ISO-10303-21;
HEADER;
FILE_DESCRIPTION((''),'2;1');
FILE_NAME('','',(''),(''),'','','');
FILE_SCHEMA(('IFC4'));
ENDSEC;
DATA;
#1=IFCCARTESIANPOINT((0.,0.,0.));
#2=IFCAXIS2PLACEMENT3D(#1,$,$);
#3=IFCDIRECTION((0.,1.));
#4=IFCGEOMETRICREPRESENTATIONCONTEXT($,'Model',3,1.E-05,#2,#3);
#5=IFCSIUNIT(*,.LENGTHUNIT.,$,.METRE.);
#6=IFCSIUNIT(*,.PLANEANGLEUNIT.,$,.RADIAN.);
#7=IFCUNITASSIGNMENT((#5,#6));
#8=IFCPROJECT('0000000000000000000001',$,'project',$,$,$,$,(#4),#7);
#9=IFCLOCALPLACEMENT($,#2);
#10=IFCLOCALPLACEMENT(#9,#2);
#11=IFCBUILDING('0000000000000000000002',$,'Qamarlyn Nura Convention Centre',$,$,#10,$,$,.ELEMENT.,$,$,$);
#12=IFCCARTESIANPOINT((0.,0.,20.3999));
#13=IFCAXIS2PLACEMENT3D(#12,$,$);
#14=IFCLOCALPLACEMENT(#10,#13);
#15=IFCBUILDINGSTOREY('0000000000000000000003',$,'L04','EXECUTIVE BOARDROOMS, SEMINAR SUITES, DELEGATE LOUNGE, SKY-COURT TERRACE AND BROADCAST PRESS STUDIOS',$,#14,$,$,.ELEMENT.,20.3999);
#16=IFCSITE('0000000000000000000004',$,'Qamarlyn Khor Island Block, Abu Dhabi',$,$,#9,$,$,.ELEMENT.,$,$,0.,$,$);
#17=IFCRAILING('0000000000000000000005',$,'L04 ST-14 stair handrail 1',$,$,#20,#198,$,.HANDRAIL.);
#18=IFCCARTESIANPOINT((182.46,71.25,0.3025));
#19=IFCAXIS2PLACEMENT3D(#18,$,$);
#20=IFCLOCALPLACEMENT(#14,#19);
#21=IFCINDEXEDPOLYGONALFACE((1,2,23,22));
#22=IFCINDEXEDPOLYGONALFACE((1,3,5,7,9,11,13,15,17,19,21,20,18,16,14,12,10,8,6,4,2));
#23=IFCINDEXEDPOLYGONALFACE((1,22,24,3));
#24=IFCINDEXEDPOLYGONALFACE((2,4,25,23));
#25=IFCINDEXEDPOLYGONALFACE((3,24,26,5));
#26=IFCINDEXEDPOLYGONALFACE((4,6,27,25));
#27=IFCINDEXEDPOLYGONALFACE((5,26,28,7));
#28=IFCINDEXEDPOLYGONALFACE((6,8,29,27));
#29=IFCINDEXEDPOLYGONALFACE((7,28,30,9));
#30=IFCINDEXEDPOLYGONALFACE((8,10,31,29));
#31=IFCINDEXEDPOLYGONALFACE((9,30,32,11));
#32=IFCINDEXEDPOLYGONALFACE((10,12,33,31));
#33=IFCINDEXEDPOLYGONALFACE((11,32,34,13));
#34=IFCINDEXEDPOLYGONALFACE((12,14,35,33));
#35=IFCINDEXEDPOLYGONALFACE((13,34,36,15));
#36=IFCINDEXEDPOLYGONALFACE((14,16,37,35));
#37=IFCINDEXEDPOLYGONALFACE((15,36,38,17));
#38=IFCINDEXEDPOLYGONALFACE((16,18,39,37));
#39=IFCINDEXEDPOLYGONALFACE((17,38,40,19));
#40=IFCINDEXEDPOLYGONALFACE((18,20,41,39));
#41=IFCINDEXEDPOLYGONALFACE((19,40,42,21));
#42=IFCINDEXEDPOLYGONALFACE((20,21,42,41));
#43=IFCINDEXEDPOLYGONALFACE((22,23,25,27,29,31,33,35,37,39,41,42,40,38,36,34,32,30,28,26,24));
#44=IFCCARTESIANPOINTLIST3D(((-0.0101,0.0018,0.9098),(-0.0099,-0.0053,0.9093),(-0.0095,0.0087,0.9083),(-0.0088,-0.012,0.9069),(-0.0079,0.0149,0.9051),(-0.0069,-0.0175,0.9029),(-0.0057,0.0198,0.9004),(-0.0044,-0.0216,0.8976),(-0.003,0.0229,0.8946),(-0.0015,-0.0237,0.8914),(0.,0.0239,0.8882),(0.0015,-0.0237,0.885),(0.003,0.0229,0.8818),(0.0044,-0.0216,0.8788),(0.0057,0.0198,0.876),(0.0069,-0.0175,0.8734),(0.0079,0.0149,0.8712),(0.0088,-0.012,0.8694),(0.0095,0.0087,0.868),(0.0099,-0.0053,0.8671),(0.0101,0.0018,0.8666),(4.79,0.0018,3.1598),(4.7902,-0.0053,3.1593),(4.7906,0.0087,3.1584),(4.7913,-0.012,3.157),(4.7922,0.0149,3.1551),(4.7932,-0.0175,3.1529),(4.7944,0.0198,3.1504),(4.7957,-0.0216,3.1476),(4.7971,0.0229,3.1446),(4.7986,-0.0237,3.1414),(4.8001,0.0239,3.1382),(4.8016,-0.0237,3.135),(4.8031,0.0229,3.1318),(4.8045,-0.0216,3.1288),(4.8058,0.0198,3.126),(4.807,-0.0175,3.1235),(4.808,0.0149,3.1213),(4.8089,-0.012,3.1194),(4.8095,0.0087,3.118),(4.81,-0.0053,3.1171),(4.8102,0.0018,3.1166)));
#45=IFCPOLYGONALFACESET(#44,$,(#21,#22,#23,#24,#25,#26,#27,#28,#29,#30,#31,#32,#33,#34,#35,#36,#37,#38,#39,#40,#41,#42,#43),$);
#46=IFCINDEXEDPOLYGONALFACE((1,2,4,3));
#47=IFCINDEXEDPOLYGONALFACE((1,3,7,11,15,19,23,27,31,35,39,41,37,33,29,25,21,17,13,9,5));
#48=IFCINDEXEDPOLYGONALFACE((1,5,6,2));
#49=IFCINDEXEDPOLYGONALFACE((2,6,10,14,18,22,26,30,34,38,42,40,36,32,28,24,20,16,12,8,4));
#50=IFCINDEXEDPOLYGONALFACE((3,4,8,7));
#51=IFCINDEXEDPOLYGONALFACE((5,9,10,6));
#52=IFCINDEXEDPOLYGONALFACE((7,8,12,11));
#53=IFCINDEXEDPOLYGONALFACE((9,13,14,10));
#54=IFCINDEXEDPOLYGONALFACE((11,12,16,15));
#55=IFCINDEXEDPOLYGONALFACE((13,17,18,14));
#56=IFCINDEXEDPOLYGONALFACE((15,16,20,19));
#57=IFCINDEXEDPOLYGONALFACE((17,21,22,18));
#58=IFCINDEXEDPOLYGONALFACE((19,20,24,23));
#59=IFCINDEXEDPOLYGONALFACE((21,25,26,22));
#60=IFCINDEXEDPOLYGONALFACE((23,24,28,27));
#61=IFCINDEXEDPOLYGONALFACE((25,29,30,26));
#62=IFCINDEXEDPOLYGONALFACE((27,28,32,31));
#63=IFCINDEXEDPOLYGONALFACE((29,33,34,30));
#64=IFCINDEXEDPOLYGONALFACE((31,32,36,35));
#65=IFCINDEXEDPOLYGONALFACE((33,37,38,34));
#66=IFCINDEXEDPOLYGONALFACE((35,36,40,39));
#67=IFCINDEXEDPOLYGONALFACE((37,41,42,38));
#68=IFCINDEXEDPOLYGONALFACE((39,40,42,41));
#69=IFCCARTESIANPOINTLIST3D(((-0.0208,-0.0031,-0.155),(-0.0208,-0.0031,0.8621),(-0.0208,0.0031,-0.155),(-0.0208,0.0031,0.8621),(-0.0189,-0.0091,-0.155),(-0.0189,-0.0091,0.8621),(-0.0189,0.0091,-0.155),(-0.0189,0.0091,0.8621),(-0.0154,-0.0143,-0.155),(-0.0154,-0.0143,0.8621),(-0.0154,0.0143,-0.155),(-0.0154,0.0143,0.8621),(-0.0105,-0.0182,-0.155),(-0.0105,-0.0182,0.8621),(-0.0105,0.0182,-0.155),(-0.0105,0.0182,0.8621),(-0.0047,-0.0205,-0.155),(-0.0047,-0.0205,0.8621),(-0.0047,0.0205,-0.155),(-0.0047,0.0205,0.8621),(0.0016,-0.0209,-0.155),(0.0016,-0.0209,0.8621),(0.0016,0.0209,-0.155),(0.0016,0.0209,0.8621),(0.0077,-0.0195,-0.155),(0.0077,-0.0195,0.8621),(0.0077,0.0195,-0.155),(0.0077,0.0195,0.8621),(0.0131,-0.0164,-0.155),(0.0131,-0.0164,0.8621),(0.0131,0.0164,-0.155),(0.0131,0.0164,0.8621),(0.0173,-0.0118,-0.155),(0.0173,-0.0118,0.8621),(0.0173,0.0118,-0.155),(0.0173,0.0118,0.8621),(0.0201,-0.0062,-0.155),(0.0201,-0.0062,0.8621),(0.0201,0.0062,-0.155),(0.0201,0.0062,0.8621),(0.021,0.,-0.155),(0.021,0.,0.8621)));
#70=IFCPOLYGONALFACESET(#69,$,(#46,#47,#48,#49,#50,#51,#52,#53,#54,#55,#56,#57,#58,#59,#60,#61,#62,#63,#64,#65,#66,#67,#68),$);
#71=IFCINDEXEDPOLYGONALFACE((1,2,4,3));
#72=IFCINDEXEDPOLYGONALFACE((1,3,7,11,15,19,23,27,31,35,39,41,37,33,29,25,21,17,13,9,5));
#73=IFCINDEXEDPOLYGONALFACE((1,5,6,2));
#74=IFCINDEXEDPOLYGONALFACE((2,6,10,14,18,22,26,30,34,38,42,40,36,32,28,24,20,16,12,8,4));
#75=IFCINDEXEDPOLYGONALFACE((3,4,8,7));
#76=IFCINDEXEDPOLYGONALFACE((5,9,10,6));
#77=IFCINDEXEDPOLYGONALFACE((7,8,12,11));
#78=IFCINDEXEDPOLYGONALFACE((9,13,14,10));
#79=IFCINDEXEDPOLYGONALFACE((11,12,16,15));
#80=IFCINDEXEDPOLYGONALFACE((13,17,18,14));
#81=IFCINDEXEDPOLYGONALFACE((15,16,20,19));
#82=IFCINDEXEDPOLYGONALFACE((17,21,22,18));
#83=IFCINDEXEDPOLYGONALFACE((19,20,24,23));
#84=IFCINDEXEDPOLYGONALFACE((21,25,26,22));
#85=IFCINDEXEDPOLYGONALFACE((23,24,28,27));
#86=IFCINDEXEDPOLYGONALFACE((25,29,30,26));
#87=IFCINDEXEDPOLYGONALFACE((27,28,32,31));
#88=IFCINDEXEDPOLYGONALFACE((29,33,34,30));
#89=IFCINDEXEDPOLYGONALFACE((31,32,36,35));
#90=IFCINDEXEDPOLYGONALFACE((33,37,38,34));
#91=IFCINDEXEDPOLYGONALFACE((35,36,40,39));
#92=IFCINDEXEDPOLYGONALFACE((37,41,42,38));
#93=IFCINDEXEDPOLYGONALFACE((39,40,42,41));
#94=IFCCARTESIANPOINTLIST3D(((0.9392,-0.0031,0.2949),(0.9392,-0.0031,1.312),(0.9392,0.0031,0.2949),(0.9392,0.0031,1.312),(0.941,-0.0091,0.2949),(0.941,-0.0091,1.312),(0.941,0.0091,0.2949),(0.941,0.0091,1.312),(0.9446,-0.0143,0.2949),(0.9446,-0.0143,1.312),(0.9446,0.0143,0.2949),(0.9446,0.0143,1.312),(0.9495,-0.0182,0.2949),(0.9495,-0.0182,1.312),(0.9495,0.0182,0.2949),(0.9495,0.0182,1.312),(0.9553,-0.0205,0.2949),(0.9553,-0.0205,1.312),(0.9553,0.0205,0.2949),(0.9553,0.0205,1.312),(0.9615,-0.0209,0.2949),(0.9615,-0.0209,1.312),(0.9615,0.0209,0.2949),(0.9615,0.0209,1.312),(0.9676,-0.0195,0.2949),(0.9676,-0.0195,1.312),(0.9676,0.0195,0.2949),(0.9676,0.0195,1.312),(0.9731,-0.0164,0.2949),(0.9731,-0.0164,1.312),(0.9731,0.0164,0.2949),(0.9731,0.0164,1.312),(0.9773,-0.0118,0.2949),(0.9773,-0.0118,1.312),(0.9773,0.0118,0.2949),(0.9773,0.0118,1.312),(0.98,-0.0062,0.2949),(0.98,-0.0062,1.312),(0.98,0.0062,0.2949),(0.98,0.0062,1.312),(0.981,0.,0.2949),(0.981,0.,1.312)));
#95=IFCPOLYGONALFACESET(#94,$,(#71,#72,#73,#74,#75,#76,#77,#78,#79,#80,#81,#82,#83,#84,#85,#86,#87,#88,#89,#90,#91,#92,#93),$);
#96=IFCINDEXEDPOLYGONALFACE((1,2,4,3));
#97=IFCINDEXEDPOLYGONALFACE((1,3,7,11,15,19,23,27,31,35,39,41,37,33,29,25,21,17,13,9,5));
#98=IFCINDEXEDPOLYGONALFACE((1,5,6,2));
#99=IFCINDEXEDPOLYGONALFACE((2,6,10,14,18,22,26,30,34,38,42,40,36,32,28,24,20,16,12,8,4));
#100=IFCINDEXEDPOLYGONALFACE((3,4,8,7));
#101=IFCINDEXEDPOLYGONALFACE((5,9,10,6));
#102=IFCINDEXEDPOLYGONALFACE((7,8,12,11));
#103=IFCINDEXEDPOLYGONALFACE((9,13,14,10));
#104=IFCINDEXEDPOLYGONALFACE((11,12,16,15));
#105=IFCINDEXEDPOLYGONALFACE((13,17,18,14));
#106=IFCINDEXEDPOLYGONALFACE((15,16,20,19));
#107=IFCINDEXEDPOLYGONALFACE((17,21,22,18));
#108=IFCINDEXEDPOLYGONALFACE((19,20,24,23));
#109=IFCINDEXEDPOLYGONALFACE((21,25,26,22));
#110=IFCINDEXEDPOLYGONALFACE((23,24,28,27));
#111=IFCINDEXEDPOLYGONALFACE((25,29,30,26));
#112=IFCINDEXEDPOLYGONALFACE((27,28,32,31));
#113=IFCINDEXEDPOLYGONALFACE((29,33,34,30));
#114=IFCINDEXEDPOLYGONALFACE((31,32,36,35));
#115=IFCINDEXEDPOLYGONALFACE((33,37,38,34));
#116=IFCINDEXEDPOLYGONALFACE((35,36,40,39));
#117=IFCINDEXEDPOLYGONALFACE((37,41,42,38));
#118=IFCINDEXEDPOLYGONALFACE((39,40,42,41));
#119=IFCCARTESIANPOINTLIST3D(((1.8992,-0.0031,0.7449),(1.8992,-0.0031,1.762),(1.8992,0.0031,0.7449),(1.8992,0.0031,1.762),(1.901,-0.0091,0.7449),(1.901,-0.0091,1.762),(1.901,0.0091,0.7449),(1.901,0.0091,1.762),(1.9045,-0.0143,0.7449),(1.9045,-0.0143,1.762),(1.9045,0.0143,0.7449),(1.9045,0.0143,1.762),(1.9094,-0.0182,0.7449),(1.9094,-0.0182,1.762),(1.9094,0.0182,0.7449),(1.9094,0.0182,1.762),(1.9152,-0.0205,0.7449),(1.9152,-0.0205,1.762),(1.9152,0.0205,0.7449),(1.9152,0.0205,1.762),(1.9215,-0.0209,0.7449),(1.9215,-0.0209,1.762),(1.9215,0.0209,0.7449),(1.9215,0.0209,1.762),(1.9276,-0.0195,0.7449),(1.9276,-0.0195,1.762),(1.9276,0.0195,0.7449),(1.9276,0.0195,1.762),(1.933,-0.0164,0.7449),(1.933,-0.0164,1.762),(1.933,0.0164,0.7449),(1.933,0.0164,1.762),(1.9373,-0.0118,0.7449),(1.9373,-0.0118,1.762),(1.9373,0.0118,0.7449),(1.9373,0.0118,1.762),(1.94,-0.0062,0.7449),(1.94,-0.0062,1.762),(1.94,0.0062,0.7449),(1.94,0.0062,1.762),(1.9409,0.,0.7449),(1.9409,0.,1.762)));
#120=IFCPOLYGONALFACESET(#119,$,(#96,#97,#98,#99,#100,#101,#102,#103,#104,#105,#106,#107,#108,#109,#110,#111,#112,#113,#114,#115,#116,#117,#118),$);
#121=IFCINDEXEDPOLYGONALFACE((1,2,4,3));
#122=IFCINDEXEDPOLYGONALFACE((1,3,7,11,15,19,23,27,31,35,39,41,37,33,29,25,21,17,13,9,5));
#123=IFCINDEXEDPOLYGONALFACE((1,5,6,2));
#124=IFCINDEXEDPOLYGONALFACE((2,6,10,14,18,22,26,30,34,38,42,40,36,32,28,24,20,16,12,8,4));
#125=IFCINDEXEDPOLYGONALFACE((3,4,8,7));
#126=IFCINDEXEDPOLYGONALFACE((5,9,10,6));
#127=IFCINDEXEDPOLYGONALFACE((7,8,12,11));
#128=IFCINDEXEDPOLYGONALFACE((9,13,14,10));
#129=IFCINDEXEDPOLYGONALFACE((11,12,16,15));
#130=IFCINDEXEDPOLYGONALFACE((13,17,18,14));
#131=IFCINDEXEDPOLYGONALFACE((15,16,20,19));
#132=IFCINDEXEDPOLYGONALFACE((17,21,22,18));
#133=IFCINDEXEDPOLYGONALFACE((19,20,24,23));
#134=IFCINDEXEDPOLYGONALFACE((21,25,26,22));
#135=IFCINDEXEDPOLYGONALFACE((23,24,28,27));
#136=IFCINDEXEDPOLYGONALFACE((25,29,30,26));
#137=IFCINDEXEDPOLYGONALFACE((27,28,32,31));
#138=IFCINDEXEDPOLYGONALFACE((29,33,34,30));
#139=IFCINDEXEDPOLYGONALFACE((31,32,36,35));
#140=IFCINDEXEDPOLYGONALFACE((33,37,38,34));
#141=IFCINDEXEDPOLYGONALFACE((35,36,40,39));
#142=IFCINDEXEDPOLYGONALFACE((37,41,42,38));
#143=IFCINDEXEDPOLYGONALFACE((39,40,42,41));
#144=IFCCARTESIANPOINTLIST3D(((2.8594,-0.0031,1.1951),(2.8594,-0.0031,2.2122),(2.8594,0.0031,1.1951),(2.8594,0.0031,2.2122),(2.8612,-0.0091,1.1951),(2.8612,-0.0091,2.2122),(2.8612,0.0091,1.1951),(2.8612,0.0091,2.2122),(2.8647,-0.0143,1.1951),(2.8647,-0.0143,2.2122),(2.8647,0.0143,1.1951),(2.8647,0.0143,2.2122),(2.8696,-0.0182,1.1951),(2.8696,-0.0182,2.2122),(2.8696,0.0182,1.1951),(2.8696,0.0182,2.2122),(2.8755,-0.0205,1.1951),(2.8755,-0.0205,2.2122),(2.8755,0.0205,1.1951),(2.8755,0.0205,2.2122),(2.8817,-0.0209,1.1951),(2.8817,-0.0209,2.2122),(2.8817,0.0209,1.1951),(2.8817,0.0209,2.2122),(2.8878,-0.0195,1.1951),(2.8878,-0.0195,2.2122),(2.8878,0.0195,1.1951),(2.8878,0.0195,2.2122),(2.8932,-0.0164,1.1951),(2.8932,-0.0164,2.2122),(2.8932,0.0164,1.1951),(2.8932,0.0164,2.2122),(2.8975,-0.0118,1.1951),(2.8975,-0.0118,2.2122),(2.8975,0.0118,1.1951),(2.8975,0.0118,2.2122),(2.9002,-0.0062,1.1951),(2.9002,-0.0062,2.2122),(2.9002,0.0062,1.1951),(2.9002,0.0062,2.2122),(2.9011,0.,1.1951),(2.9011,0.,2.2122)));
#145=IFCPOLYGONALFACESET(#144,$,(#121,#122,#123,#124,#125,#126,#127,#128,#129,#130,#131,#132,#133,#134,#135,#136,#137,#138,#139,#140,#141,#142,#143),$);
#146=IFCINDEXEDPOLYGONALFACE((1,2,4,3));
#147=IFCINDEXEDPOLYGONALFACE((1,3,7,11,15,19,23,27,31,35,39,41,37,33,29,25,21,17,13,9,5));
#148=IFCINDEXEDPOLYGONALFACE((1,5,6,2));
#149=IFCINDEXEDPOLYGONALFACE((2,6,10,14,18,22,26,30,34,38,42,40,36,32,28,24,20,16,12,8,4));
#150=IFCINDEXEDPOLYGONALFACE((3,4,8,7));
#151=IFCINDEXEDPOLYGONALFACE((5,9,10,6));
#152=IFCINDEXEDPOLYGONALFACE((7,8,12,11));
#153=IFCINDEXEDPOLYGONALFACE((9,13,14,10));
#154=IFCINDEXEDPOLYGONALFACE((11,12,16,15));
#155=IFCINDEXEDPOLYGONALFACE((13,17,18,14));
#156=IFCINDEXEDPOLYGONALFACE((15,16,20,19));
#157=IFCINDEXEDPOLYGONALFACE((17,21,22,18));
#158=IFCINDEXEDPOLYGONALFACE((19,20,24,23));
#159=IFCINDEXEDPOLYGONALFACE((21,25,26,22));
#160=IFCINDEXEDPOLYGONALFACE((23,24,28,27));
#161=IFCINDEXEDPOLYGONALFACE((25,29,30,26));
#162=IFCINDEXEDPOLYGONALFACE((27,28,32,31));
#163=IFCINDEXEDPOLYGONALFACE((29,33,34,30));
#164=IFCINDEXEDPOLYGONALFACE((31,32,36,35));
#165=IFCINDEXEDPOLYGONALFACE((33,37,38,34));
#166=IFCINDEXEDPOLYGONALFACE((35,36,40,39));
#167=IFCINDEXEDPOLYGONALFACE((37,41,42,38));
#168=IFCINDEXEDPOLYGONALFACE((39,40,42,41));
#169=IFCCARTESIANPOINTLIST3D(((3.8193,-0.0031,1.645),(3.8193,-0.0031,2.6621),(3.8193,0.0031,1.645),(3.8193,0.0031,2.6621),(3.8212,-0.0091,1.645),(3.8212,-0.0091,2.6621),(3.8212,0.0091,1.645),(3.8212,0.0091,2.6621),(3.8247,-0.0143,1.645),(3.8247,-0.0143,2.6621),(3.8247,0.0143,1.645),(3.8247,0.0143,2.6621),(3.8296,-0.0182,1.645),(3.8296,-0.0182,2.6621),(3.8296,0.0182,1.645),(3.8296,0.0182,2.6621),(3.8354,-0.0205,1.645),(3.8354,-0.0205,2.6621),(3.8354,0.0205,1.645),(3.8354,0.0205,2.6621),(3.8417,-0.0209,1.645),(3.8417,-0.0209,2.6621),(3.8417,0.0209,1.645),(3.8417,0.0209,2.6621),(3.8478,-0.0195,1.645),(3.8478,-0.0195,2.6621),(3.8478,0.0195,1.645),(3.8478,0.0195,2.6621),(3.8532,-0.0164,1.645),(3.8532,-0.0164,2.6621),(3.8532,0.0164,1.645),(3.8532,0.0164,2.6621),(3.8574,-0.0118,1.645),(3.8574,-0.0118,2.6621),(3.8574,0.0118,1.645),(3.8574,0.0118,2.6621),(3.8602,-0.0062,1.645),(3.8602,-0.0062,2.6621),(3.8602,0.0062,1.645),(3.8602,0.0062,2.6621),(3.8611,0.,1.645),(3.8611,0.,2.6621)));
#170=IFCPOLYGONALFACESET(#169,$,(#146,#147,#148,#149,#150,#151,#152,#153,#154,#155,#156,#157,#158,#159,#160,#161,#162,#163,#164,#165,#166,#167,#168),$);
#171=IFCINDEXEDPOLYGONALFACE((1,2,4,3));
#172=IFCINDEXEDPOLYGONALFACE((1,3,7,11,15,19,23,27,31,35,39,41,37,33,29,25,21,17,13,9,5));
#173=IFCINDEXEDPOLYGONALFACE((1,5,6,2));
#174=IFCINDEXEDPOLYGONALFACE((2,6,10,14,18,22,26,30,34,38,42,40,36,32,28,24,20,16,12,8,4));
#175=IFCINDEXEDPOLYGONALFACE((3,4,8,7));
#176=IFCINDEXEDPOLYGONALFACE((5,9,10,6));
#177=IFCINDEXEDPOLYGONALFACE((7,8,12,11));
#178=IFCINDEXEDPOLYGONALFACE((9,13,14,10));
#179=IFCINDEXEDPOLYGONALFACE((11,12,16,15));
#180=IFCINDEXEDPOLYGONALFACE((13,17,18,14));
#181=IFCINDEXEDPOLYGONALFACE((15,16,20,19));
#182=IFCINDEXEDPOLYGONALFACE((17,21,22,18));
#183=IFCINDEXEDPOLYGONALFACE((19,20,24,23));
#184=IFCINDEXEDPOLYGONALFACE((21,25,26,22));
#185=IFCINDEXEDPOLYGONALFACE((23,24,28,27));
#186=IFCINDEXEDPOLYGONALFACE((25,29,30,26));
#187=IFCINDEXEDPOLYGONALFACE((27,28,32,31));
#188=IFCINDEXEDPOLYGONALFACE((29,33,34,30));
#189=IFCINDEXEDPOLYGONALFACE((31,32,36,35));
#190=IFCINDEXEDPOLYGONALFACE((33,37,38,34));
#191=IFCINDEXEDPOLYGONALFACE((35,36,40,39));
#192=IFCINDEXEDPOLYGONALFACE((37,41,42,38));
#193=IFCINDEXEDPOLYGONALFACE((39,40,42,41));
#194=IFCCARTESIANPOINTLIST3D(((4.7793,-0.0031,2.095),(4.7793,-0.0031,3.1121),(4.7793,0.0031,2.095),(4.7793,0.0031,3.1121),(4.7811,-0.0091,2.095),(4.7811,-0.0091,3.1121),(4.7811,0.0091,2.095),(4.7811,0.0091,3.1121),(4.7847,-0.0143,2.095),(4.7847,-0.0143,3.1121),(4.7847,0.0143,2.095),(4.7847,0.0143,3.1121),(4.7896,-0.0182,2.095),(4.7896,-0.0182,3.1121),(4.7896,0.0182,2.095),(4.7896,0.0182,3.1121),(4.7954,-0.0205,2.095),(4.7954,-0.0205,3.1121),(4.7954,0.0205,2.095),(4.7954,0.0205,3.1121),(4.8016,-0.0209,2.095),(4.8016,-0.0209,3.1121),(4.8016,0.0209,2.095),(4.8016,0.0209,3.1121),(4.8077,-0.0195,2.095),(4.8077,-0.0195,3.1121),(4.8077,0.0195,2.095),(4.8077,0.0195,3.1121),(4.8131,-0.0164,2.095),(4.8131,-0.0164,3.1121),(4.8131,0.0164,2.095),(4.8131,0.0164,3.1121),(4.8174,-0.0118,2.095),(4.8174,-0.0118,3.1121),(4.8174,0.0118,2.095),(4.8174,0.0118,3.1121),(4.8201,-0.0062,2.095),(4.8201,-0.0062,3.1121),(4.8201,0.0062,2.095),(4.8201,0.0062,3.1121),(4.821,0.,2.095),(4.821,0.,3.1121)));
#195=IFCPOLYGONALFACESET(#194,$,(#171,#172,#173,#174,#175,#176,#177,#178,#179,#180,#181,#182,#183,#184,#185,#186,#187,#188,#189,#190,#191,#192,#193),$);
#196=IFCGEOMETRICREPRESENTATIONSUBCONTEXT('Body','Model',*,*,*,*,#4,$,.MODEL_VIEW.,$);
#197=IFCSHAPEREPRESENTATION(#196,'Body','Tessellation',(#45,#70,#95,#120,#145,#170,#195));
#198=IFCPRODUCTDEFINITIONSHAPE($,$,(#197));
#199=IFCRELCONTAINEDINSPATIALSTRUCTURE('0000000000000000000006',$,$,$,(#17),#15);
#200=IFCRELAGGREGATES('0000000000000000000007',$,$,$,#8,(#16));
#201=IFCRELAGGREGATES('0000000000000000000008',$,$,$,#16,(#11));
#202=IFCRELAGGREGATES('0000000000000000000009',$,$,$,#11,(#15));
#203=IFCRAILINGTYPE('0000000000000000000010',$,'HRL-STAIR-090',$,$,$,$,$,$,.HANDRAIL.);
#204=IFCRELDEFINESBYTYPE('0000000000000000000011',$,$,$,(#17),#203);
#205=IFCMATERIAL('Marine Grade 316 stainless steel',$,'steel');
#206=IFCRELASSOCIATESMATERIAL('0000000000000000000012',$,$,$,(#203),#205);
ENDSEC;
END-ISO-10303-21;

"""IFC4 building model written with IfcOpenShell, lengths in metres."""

from ifc_helpers import new_model, si_unit, direction, frame, origin, origin_2d, place, context, subcontext, project, spatial, circle, extrude, material, type_object, element, save


model = new_model("IFC4")

# Units and contexts
model_context = context("Model", 3, precision=1e-05, world=origin(), true_north=direction((0.0, 1.0)))
body_context = subcontext(model_context, "Body", "Model", "MODEL_VIEW")
ifc_project = project(units=[si_unit("LENGTHUNIT", "METRE"), si_unit("PLANEANGLEUNIT", "RADIAN")], contexts=[model_context])

# Site, building, storey
site_placement = place(None, origin())
site = spatial("IfcSite", under=ifc_project, at=site_placement, Name="Qamarlyn Khor Island Block, Abu Dhabi", CompositionType="ELEMENT", RefElevation=0.0)
building_placement = place(site_placement, origin())
building = spatial("IfcBuilding", under=site, at=building_placement, Name="Qamarlyn Nura Convention Centre", CompositionType="ELEMENT")
storey_placement = place(building_placement, frame((0.0, 0.0, 20.3999)))
storey = spatial("IfcBuildingStorey", under=building, at=storey_placement, Name="L04", Description="EXECUTIVE BOARDROOMS, SEMINAR SUITES, DELEGATE LOUNGE, SKY-COURT TERRACE AND BROADCAST PRESS STUDIOS", CompositionType="ELEMENT", Elevation=20.3999)

# Railing
ifc_material_1 = material(Name="Marine Grade 316 stainless steel", Category="steel")
railing_type_1 = type_object("IfcRailingType", Name="HRL-STAIR-090", PredefinedType="HANDRAIL", material=ifc_material_1)
for number, where, name in (
    (1, (182.46, 71.25, 0.3025), "L04 ST-14 stair handrail 1"),
):
    element("IfcRailing", number, at=place(storey_placement, frame(where)), inside=storey, type_object=railing_type_1, Name=name, PredefinedType="HANDRAIL", context=body_context, shape_type="SweptSolid", body=[
        extrude(circle(Radius=0.0239, at=origin_2d()), frame((0.0, 0.0, 0.8882), z_axis=(0.905461, 0.0, 0.42443), x_axis=(0.0, 1.0, 0.0)), (0.0, 0.0, 1.0), 5.3013),
        extrude(circle(Radius=0.021, at=origin_2d()), frame((0.0, 0.0, -0.155)), (0.0, 0.0, 1.0), 1.0171),
        extrude(circle(Radius=0.021, at=origin_2d()), frame((0.96, 0.0, 0.2949)), (0.0, 0.0, 1.0), 1.0171),
        extrude(circle(Radius=0.021, at=origin_2d()), frame((1.9199, 0.0, 0.7449)), (0.0, 0.0, 1.0), 1.0171),
        extrude(circle(Radius=0.021, at=origin_2d()), frame((2.8801, 0.0, 1.1951)), (0.0, 0.0, 1.0), 1.0171),
        extrude(circle(Radius=0.021, at=origin_2d()), frame((3.8401, 0.0, 1.645)), (0.0, 0.0, 1.0), 1.0171),
        extrude(circle(Radius=0.021, at=origin_2d()), frame((4.8, 0.0, 2.095)), (0.0, 0.0, 1.0), 1.0171),
    ])

save(model, "model.ifc")
